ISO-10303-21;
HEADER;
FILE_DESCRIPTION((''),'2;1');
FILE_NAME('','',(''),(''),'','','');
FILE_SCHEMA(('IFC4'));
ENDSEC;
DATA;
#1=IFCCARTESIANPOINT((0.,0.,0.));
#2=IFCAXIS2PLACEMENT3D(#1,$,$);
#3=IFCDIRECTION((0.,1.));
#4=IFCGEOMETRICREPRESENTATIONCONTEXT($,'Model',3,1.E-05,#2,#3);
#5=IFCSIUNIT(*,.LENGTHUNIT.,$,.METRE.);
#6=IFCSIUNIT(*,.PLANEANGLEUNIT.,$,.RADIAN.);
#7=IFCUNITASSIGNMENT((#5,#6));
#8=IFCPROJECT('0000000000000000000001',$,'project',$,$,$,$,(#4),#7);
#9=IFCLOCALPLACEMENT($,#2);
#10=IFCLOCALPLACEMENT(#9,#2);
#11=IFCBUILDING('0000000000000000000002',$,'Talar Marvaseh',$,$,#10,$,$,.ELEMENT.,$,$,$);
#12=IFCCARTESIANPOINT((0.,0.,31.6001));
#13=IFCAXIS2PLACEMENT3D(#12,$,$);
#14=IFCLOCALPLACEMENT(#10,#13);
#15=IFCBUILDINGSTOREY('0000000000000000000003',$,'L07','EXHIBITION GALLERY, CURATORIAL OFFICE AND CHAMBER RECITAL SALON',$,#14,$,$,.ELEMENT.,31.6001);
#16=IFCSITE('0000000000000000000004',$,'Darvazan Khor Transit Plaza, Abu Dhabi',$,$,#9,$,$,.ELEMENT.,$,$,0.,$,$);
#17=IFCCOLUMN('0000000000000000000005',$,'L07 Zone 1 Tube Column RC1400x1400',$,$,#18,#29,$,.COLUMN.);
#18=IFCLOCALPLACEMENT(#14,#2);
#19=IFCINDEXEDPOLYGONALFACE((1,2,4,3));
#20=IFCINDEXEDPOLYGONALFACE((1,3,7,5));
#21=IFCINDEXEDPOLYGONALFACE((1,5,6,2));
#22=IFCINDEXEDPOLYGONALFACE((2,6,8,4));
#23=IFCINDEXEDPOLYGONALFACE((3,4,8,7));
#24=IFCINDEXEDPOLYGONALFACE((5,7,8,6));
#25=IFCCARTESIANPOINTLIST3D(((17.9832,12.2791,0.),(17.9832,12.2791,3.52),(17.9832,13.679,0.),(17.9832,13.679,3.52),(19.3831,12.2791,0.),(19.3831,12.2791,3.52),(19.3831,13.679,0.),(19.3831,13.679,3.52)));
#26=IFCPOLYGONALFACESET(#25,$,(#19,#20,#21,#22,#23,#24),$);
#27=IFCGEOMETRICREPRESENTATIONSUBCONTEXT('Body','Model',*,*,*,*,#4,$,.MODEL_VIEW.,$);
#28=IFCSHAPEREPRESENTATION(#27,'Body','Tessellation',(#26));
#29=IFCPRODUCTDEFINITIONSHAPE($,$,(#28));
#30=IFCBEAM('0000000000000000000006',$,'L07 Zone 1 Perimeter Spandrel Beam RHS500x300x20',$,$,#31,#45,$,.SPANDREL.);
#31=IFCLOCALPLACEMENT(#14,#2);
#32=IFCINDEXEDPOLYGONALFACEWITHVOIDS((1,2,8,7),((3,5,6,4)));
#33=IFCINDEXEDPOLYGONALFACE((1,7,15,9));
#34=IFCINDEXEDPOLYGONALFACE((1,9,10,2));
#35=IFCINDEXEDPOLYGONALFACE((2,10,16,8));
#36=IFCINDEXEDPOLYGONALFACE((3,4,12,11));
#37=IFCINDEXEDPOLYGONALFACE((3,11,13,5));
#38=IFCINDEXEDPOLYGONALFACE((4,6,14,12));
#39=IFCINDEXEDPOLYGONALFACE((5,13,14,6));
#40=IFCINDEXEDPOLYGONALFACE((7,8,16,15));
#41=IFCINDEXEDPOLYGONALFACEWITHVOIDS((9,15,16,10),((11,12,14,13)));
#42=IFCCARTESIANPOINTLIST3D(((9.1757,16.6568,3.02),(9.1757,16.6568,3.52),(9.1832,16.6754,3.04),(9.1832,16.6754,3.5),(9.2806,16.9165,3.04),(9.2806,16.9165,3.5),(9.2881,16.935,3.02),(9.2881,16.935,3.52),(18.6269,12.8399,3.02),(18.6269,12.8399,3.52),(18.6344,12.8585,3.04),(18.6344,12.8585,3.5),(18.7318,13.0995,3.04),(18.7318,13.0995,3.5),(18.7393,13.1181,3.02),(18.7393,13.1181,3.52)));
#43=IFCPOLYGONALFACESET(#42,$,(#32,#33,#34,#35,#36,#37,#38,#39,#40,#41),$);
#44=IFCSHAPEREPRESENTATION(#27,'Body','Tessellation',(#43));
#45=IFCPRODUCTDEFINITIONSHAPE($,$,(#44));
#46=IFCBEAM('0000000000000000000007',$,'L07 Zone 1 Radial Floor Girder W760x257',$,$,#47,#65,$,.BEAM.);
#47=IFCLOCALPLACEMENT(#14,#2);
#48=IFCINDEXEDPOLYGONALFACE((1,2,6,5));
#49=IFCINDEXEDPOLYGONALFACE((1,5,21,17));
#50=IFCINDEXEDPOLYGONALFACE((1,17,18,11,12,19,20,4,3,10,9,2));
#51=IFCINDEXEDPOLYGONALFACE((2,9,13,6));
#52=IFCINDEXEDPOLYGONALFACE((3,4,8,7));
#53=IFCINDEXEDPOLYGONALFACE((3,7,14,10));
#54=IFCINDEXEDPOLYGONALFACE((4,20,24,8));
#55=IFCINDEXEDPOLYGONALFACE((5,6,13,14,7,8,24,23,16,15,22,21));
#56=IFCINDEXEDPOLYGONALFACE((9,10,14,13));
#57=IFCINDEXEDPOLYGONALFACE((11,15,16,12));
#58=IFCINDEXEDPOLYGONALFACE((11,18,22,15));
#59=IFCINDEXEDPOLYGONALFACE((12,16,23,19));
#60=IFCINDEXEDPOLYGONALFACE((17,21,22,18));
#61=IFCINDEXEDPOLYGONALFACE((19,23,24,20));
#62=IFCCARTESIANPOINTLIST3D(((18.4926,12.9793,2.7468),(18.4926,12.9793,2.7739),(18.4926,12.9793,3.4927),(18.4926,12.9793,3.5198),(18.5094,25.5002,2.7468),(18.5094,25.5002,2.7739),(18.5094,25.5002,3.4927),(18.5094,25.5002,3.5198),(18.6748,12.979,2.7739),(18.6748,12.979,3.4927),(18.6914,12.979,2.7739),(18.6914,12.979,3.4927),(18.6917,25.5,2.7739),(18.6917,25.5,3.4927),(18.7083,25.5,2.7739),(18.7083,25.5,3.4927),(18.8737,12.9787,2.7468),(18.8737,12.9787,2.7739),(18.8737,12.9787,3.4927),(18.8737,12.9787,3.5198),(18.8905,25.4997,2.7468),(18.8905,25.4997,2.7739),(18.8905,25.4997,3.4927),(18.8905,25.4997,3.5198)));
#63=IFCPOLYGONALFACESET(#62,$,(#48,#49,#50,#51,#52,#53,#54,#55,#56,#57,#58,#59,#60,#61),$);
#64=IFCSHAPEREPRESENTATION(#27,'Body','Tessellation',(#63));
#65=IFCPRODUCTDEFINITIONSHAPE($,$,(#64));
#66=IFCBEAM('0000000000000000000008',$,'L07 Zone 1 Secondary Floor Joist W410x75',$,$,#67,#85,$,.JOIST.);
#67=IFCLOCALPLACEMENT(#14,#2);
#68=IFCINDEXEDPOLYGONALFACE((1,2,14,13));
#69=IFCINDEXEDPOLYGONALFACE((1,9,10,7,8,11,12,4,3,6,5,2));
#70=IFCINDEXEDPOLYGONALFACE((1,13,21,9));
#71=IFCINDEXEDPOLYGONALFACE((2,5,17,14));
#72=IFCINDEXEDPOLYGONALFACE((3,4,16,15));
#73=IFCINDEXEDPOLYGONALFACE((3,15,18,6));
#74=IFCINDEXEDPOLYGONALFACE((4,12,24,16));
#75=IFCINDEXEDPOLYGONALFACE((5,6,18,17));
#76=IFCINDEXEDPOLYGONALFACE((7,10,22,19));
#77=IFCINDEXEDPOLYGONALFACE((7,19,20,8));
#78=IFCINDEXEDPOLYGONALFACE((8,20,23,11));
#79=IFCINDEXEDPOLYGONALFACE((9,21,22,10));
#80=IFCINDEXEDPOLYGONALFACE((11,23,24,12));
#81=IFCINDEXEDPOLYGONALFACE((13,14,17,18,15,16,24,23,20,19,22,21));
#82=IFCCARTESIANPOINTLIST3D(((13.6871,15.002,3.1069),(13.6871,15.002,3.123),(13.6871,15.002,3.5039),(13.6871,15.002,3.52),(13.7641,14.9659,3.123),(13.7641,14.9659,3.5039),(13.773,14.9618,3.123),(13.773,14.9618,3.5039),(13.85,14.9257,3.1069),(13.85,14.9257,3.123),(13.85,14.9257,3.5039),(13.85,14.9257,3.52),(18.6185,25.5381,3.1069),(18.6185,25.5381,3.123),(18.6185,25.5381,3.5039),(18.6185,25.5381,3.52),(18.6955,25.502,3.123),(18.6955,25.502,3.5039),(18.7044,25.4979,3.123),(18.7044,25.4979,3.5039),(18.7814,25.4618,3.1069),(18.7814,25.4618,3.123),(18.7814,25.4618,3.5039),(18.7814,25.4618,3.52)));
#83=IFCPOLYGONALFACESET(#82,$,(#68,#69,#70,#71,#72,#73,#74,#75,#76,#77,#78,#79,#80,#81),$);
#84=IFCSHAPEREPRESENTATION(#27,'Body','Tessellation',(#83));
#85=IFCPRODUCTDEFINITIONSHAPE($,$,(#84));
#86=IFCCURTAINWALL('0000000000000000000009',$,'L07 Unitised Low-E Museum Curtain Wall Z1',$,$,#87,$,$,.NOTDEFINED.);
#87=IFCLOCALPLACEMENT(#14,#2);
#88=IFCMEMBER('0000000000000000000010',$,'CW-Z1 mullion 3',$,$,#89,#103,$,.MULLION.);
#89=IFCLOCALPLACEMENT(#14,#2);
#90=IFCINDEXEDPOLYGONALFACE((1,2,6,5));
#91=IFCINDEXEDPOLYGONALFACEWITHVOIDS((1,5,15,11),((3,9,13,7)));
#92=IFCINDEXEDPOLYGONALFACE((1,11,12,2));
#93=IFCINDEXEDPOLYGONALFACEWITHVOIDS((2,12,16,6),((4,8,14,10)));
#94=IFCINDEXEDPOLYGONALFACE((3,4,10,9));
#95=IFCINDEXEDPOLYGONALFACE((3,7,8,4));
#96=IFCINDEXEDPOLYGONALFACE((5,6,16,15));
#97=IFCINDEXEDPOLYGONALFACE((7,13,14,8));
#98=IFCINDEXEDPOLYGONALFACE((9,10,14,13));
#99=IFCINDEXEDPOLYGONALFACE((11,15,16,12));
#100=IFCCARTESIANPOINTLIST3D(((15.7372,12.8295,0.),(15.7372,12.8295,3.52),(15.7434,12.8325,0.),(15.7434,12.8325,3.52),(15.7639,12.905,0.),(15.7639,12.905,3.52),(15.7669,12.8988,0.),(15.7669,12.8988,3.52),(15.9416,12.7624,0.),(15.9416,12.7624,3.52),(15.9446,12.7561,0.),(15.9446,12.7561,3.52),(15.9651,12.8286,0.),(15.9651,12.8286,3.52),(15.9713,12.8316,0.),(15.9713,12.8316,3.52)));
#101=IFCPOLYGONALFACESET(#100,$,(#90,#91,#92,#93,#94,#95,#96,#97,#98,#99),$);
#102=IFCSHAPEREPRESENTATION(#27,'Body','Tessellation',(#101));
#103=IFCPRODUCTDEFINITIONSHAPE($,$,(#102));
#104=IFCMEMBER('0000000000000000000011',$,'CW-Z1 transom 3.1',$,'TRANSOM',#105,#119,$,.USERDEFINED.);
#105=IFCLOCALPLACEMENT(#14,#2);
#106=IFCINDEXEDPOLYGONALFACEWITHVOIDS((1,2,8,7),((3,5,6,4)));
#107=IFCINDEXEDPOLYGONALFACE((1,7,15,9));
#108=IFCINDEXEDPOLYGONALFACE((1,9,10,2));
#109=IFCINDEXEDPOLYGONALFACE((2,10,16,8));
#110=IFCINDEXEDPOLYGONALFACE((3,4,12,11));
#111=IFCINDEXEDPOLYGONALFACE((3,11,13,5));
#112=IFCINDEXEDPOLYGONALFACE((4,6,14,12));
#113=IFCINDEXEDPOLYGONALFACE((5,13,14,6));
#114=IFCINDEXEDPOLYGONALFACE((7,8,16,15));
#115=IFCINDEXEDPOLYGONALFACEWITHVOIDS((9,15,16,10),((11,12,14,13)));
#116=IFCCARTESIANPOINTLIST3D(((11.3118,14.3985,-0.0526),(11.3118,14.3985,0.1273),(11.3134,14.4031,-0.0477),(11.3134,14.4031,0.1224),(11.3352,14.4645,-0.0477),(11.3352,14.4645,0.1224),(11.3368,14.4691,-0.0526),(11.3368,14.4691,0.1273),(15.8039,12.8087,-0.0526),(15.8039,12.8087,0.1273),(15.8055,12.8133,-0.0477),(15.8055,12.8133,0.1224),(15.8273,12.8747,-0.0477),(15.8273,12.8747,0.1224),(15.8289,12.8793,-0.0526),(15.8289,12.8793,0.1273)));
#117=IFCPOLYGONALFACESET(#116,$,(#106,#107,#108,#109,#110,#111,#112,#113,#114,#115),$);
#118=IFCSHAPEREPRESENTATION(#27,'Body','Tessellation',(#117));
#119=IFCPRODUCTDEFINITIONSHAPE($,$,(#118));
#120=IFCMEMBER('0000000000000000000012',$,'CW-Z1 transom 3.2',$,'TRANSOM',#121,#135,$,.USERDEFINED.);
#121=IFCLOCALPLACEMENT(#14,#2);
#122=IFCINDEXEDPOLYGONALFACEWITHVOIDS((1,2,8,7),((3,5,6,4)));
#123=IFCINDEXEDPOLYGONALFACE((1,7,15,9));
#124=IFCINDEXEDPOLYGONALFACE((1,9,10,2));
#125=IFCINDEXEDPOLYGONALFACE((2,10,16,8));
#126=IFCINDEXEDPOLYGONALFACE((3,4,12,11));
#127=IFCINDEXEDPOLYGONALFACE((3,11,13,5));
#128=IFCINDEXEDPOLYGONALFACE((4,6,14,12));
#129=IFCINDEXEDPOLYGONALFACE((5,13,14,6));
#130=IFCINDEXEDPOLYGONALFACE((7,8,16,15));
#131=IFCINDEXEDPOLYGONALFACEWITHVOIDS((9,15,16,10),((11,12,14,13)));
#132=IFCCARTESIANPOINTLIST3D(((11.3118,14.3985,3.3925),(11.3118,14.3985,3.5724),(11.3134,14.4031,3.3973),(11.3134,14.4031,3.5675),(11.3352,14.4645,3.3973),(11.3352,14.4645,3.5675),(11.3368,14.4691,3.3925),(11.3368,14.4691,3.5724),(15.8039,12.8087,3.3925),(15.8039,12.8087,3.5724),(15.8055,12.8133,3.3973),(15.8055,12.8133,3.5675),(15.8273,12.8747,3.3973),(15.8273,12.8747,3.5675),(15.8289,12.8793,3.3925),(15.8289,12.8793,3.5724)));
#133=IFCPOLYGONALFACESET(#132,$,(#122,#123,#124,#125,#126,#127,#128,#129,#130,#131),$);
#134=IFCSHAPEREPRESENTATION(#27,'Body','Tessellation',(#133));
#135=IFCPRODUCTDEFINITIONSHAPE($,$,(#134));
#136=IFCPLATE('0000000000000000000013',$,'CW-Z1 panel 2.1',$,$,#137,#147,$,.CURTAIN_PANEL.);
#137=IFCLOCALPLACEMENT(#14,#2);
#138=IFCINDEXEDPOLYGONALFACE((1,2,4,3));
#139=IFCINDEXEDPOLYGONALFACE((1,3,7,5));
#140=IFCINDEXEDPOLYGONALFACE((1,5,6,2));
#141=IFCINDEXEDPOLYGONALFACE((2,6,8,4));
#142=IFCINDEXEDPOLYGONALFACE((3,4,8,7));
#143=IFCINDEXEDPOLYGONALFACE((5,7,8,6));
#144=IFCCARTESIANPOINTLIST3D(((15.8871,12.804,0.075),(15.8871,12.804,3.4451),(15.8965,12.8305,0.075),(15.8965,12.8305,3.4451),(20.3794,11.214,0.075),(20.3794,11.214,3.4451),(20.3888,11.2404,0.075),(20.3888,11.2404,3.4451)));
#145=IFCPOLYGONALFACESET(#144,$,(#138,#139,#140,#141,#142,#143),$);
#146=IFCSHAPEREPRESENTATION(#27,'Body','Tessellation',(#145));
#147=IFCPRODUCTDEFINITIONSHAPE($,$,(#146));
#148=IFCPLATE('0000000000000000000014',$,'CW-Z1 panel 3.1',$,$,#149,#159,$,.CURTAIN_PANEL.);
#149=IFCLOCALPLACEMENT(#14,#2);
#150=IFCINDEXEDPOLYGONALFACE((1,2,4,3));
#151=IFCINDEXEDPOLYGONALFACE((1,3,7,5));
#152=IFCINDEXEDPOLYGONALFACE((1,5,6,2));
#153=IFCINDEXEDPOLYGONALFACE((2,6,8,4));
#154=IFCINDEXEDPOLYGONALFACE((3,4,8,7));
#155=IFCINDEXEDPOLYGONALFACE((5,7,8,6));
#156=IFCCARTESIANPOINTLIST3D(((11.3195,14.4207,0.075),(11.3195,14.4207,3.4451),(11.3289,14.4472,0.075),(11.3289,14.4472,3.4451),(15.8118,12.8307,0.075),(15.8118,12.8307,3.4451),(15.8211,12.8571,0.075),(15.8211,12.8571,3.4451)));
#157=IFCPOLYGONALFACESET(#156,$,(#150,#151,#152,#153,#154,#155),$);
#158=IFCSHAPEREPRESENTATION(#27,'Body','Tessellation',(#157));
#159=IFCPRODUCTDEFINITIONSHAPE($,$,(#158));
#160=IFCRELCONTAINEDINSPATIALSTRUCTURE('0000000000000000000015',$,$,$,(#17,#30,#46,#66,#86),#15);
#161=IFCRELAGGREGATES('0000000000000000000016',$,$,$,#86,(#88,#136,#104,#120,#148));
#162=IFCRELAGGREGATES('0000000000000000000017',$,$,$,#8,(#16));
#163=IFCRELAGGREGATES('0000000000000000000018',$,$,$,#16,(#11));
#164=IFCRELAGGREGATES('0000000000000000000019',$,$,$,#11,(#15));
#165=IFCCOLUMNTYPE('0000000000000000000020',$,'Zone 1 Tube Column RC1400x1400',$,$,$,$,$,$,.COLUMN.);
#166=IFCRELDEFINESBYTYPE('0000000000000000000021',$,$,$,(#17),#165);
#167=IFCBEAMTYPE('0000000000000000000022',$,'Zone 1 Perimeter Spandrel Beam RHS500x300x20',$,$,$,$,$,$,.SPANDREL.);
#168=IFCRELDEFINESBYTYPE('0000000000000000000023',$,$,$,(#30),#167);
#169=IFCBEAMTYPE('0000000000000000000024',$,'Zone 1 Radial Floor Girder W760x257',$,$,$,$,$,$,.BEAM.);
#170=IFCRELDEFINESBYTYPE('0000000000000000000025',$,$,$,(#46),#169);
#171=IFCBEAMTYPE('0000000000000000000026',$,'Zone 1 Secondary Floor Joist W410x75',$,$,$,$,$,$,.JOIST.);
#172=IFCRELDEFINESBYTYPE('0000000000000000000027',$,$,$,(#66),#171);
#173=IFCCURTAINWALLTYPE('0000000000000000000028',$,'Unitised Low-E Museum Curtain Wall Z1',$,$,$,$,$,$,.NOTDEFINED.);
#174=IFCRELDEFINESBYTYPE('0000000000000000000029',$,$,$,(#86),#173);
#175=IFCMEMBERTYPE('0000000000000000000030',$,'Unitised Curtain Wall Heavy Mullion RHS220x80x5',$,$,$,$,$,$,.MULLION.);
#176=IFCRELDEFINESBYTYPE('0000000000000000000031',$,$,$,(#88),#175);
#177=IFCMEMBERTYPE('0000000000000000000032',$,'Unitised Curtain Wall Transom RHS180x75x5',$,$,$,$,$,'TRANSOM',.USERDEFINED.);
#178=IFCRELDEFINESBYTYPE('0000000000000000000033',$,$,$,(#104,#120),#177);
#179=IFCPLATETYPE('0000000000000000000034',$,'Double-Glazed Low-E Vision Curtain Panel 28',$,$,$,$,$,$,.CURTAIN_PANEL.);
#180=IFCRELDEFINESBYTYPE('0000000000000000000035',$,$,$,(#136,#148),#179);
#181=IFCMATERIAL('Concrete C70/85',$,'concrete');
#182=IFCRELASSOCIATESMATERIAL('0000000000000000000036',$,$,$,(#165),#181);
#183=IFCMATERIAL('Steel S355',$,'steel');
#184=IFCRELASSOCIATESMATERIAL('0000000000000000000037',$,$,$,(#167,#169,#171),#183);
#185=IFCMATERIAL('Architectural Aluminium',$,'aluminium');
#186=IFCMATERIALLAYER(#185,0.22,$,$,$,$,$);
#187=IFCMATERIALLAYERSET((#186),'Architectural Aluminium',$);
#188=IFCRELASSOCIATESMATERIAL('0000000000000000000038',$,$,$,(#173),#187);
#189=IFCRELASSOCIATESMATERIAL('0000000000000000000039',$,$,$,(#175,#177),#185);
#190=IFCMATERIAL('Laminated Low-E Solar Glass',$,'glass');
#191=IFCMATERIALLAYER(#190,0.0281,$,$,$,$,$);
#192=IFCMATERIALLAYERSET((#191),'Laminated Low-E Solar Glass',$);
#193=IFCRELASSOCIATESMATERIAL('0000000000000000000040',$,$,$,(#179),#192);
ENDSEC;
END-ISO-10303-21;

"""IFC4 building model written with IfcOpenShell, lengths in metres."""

from ifc_helpers import new_model, si_unit, direction, frame, origin, origin_2d, place, context, subcontext, project, spatial, rectangle, hollow_rectangle, i_section, extrude, source, transform, mapped, material, layer, layer_set, material_profile, profile_set, type_object, type_shapes, element, aggregate, save


model = new_model("IFC4")

# Units and contexts
model_context = context("Model", 3, precision=1e-05, world=origin(), true_north=direction((0.0, 1.0)))
body_context = subcontext(model_context, "Body", "Model", "MODEL_VIEW")
ifc_project = project(units=[si_unit("LENGTHUNIT", "METRE"), si_unit("PLANEANGLEUNIT", "RADIAN")], contexts=[model_context])

# Site, building, storey
site_placement = place(None, origin())
site = spatial("IfcSite", under=ifc_project, at=site_placement, Name="Darvazan Khor Transit Plaza, Abu Dhabi", CompositionType="ELEMENT", RefElevation=0.0)
building_placement = place(site_placement, origin())
building = spatial("IfcBuilding", under=site, at=building_placement, Name="Talar Marvaseh", CompositionType="ELEMENT")
storey_placement = place(building_placement, frame((0.0, 0.0, 31.6001)))
storey = spatial("IfcBuildingStorey", under=building, at=storey_placement, Name="L07", Description="EXHIBITION GALLERY, CURATORIAL OFFICE AND CHAMBER RECITAL SALON", CompositionType="ELEMENT", Elevation=31.6001)

# Column
ifc_material_1 = material(Name="Concrete C70/85", Category="concrete")
ifc_material_profile_1 = material_profile(ifc_material_1, rectangle(XDim=1.3999, YDim=1.3999, at=origin_2d()), Name="RC1400x1400")
ifc_profile_set_1 = profile_set([ifc_material_profile_1], Name="Concrete C70/85")
column_type = type_object("IfcColumnType", Name="Zone 1 Tube Column RC1400x1400", PredefinedType="COLUMN", material=ifc_profile_set_1)
column_placement = place(storey_placement, frame((18.6831, 12.979, 0.0), z_axis=(0.0, 0.0, 1.0), x_axis=(1.0, 0.0, 0.0)))
element("IfcColumn", 1, at=column_placement, inside=storey, type_object=column_type, Name="L07 Zone 1 Tube Column RC1400x1400", PredefinedType="COLUMN", context=body_context, shape_type="SweptSolid", body=[
    extrude(rectangle(XDim=1.3999, YDim=1.3999, at=origin_2d()), origin(), (0.0, 0.0, 1.0), 3.52),
])

# Beams
ifc_material_2 = material(Name="Steel S355", Category="steel")
ifc_material_profile_2 = material_profile(ifc_material_2, hollow_rectangle(XDim=0.3, YDim=0.5, WallThickness=0.02, at=origin_2d()), Name="RHS500x300x20")
ifc_profile_set_2 = profile_set([ifc_material_profile_2], Name="Steel S355")
beam_type_1 = type_object("IfcBeamType", Name="Zone 1 Perimeter Spandrel Beam RHS500x300x20", PredefinedType="SPANDREL", material=ifc_profile_set_2)
beam_1_placement = place(storey_placement, frame((18.6831, 12.979, 3.27), z_axis=(-0.927239, 0.374469, 0.0), x_axis=(-0.374469, -0.927239, 0.0)))
element("IfcBeam", 2, at=beam_1_placement, inside=storey, type_object=beam_type_1, Name="L07 Zone 1 Perimeter Spandrel Beam RHS500x300x20", PredefinedType="SPANDREL", context=body_context, shape_type="SweptSolid", body=[
    extrude(hollow_rectangle(XDim=0.3, YDim=0.5, WallThickness=0.02, at=origin_2d()), origin(), (0.0, 0.0, 1.0), 10.1929),
])
ifc_material_profile_3 = material_profile(ifc_material_2, i_section(OverallWidth=0.3811, OverallDepth=0.7729, WebThickness=0.0166, FlangeThickness=0.0271, at=origin_2d()), Name="W760x257")
ifc_profile_set_3 = profile_set([ifc_material_profile_3], Name="Steel S355")
beam_type_2 = type_object("IfcBeamType", Name="Zone 1 Radial Floor Girder W760x257", PredefinedType="BEAM", material=ifc_profile_set_3)
beam_2_placement = place(storey_placement, frame((18.6831, 12.979, 3.1333), z_axis=(0.001345, 0.999999, 0.0), x_axis=(-0.999999, 0.001345, 0.0)))
element("IfcBeam", 3, at=beam_2_placement, inside=storey, type_object=beam_type_2, Name="L07 Zone 1 Radial Floor Girder W760x257", PredefinedType="BEAM", context=body_context, shape_type="SweptSolid", body=[
    extrude(i_section(OverallWidth=0.3811, OverallDepth=0.7729, WebThickness=0.0166, FlangeThickness=0.0271, at=origin_2d()), origin(), (0.0, 0.0, 1.0), 12.521),
])
ifc_material_profile_4 = material_profile(ifc_material_2, i_section(OverallWidth=0.1799, OverallDepth=0.4131, WebThickness=0.0098, FlangeThickness=0.0161, at=origin_2d()), Name="W410x75")
ifc_profile_set_4 = profile_set([ifc_material_profile_4], Name="Steel S355")
beam_type_3 = type_object("IfcBeamType", Name="Zone 1 Secondary Floor Joist W410x75", PredefinedType="JOIST", material=ifc_profile_set_4)
beam_3_placement = place(storey_placement, frame((13.7686, 14.9639, 3.3135), z_axis=(0.423911, 0.905704, 0.0), x_axis=(-0.905704, 0.423911, 0.0)))
element("IfcBeam", 4, at=beam_3_placement, inside=storey, type_object=beam_type_3, Name="L07 Zone 1 Secondary Floor Joist W410x75", PredefinedType="JOIST", context=body_context, shape_type="SweptSolid", body=[
    extrude(i_section(OverallWidth=0.1799, OverallDepth=0.4131, WebThickness=0.0098, FlangeThickness=0.0161, at=origin_2d()), origin(), (0.0, 0.0, 1.0), 11.6331),
])

# Curtain wall, members, plates
ifc_material_3 = material(Name="Architectural Aluminium", Category="aluminium")
ifc_layer_1 = layer(ifc_material_3, 0.22)
ifc_layer_set_1 = layer_set([ifc_layer_1], Name="Architectural Aluminium")
curtain_wall_type = type_object("IfcCurtainWallType", Name="Unitised Low-E Museum Curtain Wall Z1", PredefinedType="NOTDEFINED", material=ifc_layer_set_1)
curtain_wall_placement = place(storey_placement, origin())
curtain_wall = element("IfcCurtainWall", 5, at=curtain_wall_placement, inside=storey, type_object=curtain_wall_type, Name="L07 Unitised Low-E Museum Curtain Wall Z1", PredefinedType="NOTDEFINED")
ifc_material_profile_5 = material_profile(ifc_material_3, hollow_rectangle(XDim=0.0801, YDim=0.22, WallThickness=0.0049, at=origin_2d()), Name="RHS220x80x5")
ifc_profile_set_5 = profile_set([ifc_material_profile_5], Name="Architectural Aluminium")
member_type_1 = type_object("IfcMemberType", Name="Unitised Curtain Wall Heavy Mullion RHS220x80x5", PredefinedType="MULLION", material=ifc_profile_set_5)
shared_shape_1 = source(origin(), body_context, "Body", "SweptSolid", [
    extrude(hollow_rectangle(XDim=0.0801, YDim=0.22, WallThickness=0.0049, at=origin_2d()), origin(), (0.0, 0.0, 1.0), 3.52),
])
type_shapes(member_type_1, [shared_shape_1])
member_1_placement = place(storey_placement, frame((15.8542, 12.8306, 0.0), z_axis=(0.0, 0.0, 1.0), x_axis=(-0.333661, -0.942693, 0.0)))
member_1 = element("IfcMember", 6, at=member_1_placement, type_object=member_type_1, Name="CW-Z1 mullion 3", PredefinedType="MULLION", context=body_context, shape_type="MappedRepresentation", body=[
    mapped(shared_shape_1, transform((0.0, 0.0, 0.0), x_axis=(1.0, 0.0, 0.0), y_axis=(0.0, 1.0, 0.0), z_axis=(0.0, 0.0, 1.0), scale=1.0)),
])
ifc_material_profile_6 = material_profile(ifc_material_3, hollow_rectangle(XDim=0.075, YDim=0.1799, WallThickness=0.0049, at=origin_2d()), Name="RHS180x75x5")
ifc_profile_set_6 = profile_set([ifc_material_profile_6], Name="Architectural Aluminium")
member_type_2 = type_object("IfcMemberType", Name="Unitised Curtain Wall Transom RHS180x75x5", ElementType="TRANSOM", PredefinedType="USERDEFINED", material=ifc_profile_set_6)
shared_shape_2 = source(origin(), body_context, "Body", "SweptSolid", [
    extrude(hollow_rectangle(XDim=0.075, YDim=0.1799, WallThickness=0.0049, at=origin_2d()), origin(), (0.0, 0.0, 1.0), 4.7651),
])
type_shapes(member_type_2, [shared_shape_2])
member_2_placement = place(storey_placement, frame((15.8164, 12.844, 0.0374), z_axis=(-0.942702, 0.333635, 0.0), x_axis=(-0.333635, -0.942702, 0.0)))
member_2 = element("IfcMember", 7, at=member_2_placement, type_object=member_type_2, Name="CW-Z1 transom 3.1", ObjectType="TRANSOM", PredefinedType="USERDEFINED", context=body_context, shape_type="MappedRepresentation", body=[
    mapped(shared_shape_2, transform((0.0, 0.0, 0.0), x_axis=(1.0, 0.0, 0.0), y_axis=(0.0, 1.0, 0.0), z_axis=(0.0, 0.0, 1.0), scale=1.0)),
])
member_3_placement = place(storey_placement, frame((15.8164, 12.844, 3.4824), z_axis=(-0.942702, 0.333635, 0.0), x_axis=(-0.333635, -0.942702, 0.0)))
member_3 = element("IfcMember", 8, at=member_3_placement, type_object=member_type_2, Name="CW-Z1 transom 3.2", ObjectType="TRANSOM", PredefinedType="USERDEFINED", context=body_context, shape_type="MappedRepresentation", body=[
    mapped(shared_shape_2, transform((0.0, 0.0, 0.0), x_axis=(1.0, 0.0, 0.0), y_axis=(0.0, 1.0, 0.0), z_axis=(0.0, 0.0, 1.0), scale=1.0)),
])
ifc_material_4 = material(Name="Laminated Low-E Solar Glass", Category="glass")
ifc_layer_2 = layer(ifc_material_4, 0.0281)
ifc_layer_set_2 = layer_set([ifc_layer_2], Name="Laminated Low-E Solar Glass")
plate_type = type_object("IfcPlateType", Name="Double-Glazed Low-E Vision Curtain Panel 28", PredefinedType="CURTAIN_PANEL", material=ifc_layer_set_2)
shared_shape_3 = source(origin(), body_context, "Body", "SweptSolid", [
    extrude(rectangle(XDim=4.7654, YDim=0.0281, at=origin_2d()), origin(), (0.0, 0.0, 1.0), 3.3701),
])
type_shapes(plate_type, [shared_shape_3])
plate_1_placement = place(storey_placement, frame((18.1379, 12.0222, 0.075), z_axis=(0.0, 0.0, 1.0), x_axis=(-0.942693, 0.333661, 0.0)))
plate_1 = element("IfcPlate", 9, at=plate_1_placement, type_object=plate_type, Name="CW-Z1 panel 2.1", PredefinedType="CURTAIN_PANEL", context=body_context, shape_type="MappedRepresentation", body=[
    mapped(shared_shape_3, transform((0.0, 0.0, 0.0), x_axis=(1.0, 0.0, 0.0), y_axis=(0.0, 1.0, 0.0), z_axis=(0.0, 0.0, 1.0), scale=1.0)),
])
plate_2_placement = place(storey_placement, frame((13.5703, 13.6389, 0.075), z_axis=(0.0, 0.0, 1.0), x_axis=(-0.942693, 0.333661, 0.0)))
plate_2 = element("IfcPlate", 10, at=plate_2_placement, type_object=plate_type, Name="CW-Z1 panel 3.1", PredefinedType="CURTAIN_PANEL", context=body_context, shape_type="MappedRepresentation", body=[
    mapped(shared_shape_3, transform((0.0, 0.0, 0.0), x_axis=(1.0, 0.0, 0.0), y_axis=(0.0, 1.0, 0.0), z_axis=(0.0, 0.0, 1.0), scale=1.0)),
])
aggregate(curtain_wall, [member_1, plate_1, member_2, member_3, plate_2])

save(model, "model.ifc")
